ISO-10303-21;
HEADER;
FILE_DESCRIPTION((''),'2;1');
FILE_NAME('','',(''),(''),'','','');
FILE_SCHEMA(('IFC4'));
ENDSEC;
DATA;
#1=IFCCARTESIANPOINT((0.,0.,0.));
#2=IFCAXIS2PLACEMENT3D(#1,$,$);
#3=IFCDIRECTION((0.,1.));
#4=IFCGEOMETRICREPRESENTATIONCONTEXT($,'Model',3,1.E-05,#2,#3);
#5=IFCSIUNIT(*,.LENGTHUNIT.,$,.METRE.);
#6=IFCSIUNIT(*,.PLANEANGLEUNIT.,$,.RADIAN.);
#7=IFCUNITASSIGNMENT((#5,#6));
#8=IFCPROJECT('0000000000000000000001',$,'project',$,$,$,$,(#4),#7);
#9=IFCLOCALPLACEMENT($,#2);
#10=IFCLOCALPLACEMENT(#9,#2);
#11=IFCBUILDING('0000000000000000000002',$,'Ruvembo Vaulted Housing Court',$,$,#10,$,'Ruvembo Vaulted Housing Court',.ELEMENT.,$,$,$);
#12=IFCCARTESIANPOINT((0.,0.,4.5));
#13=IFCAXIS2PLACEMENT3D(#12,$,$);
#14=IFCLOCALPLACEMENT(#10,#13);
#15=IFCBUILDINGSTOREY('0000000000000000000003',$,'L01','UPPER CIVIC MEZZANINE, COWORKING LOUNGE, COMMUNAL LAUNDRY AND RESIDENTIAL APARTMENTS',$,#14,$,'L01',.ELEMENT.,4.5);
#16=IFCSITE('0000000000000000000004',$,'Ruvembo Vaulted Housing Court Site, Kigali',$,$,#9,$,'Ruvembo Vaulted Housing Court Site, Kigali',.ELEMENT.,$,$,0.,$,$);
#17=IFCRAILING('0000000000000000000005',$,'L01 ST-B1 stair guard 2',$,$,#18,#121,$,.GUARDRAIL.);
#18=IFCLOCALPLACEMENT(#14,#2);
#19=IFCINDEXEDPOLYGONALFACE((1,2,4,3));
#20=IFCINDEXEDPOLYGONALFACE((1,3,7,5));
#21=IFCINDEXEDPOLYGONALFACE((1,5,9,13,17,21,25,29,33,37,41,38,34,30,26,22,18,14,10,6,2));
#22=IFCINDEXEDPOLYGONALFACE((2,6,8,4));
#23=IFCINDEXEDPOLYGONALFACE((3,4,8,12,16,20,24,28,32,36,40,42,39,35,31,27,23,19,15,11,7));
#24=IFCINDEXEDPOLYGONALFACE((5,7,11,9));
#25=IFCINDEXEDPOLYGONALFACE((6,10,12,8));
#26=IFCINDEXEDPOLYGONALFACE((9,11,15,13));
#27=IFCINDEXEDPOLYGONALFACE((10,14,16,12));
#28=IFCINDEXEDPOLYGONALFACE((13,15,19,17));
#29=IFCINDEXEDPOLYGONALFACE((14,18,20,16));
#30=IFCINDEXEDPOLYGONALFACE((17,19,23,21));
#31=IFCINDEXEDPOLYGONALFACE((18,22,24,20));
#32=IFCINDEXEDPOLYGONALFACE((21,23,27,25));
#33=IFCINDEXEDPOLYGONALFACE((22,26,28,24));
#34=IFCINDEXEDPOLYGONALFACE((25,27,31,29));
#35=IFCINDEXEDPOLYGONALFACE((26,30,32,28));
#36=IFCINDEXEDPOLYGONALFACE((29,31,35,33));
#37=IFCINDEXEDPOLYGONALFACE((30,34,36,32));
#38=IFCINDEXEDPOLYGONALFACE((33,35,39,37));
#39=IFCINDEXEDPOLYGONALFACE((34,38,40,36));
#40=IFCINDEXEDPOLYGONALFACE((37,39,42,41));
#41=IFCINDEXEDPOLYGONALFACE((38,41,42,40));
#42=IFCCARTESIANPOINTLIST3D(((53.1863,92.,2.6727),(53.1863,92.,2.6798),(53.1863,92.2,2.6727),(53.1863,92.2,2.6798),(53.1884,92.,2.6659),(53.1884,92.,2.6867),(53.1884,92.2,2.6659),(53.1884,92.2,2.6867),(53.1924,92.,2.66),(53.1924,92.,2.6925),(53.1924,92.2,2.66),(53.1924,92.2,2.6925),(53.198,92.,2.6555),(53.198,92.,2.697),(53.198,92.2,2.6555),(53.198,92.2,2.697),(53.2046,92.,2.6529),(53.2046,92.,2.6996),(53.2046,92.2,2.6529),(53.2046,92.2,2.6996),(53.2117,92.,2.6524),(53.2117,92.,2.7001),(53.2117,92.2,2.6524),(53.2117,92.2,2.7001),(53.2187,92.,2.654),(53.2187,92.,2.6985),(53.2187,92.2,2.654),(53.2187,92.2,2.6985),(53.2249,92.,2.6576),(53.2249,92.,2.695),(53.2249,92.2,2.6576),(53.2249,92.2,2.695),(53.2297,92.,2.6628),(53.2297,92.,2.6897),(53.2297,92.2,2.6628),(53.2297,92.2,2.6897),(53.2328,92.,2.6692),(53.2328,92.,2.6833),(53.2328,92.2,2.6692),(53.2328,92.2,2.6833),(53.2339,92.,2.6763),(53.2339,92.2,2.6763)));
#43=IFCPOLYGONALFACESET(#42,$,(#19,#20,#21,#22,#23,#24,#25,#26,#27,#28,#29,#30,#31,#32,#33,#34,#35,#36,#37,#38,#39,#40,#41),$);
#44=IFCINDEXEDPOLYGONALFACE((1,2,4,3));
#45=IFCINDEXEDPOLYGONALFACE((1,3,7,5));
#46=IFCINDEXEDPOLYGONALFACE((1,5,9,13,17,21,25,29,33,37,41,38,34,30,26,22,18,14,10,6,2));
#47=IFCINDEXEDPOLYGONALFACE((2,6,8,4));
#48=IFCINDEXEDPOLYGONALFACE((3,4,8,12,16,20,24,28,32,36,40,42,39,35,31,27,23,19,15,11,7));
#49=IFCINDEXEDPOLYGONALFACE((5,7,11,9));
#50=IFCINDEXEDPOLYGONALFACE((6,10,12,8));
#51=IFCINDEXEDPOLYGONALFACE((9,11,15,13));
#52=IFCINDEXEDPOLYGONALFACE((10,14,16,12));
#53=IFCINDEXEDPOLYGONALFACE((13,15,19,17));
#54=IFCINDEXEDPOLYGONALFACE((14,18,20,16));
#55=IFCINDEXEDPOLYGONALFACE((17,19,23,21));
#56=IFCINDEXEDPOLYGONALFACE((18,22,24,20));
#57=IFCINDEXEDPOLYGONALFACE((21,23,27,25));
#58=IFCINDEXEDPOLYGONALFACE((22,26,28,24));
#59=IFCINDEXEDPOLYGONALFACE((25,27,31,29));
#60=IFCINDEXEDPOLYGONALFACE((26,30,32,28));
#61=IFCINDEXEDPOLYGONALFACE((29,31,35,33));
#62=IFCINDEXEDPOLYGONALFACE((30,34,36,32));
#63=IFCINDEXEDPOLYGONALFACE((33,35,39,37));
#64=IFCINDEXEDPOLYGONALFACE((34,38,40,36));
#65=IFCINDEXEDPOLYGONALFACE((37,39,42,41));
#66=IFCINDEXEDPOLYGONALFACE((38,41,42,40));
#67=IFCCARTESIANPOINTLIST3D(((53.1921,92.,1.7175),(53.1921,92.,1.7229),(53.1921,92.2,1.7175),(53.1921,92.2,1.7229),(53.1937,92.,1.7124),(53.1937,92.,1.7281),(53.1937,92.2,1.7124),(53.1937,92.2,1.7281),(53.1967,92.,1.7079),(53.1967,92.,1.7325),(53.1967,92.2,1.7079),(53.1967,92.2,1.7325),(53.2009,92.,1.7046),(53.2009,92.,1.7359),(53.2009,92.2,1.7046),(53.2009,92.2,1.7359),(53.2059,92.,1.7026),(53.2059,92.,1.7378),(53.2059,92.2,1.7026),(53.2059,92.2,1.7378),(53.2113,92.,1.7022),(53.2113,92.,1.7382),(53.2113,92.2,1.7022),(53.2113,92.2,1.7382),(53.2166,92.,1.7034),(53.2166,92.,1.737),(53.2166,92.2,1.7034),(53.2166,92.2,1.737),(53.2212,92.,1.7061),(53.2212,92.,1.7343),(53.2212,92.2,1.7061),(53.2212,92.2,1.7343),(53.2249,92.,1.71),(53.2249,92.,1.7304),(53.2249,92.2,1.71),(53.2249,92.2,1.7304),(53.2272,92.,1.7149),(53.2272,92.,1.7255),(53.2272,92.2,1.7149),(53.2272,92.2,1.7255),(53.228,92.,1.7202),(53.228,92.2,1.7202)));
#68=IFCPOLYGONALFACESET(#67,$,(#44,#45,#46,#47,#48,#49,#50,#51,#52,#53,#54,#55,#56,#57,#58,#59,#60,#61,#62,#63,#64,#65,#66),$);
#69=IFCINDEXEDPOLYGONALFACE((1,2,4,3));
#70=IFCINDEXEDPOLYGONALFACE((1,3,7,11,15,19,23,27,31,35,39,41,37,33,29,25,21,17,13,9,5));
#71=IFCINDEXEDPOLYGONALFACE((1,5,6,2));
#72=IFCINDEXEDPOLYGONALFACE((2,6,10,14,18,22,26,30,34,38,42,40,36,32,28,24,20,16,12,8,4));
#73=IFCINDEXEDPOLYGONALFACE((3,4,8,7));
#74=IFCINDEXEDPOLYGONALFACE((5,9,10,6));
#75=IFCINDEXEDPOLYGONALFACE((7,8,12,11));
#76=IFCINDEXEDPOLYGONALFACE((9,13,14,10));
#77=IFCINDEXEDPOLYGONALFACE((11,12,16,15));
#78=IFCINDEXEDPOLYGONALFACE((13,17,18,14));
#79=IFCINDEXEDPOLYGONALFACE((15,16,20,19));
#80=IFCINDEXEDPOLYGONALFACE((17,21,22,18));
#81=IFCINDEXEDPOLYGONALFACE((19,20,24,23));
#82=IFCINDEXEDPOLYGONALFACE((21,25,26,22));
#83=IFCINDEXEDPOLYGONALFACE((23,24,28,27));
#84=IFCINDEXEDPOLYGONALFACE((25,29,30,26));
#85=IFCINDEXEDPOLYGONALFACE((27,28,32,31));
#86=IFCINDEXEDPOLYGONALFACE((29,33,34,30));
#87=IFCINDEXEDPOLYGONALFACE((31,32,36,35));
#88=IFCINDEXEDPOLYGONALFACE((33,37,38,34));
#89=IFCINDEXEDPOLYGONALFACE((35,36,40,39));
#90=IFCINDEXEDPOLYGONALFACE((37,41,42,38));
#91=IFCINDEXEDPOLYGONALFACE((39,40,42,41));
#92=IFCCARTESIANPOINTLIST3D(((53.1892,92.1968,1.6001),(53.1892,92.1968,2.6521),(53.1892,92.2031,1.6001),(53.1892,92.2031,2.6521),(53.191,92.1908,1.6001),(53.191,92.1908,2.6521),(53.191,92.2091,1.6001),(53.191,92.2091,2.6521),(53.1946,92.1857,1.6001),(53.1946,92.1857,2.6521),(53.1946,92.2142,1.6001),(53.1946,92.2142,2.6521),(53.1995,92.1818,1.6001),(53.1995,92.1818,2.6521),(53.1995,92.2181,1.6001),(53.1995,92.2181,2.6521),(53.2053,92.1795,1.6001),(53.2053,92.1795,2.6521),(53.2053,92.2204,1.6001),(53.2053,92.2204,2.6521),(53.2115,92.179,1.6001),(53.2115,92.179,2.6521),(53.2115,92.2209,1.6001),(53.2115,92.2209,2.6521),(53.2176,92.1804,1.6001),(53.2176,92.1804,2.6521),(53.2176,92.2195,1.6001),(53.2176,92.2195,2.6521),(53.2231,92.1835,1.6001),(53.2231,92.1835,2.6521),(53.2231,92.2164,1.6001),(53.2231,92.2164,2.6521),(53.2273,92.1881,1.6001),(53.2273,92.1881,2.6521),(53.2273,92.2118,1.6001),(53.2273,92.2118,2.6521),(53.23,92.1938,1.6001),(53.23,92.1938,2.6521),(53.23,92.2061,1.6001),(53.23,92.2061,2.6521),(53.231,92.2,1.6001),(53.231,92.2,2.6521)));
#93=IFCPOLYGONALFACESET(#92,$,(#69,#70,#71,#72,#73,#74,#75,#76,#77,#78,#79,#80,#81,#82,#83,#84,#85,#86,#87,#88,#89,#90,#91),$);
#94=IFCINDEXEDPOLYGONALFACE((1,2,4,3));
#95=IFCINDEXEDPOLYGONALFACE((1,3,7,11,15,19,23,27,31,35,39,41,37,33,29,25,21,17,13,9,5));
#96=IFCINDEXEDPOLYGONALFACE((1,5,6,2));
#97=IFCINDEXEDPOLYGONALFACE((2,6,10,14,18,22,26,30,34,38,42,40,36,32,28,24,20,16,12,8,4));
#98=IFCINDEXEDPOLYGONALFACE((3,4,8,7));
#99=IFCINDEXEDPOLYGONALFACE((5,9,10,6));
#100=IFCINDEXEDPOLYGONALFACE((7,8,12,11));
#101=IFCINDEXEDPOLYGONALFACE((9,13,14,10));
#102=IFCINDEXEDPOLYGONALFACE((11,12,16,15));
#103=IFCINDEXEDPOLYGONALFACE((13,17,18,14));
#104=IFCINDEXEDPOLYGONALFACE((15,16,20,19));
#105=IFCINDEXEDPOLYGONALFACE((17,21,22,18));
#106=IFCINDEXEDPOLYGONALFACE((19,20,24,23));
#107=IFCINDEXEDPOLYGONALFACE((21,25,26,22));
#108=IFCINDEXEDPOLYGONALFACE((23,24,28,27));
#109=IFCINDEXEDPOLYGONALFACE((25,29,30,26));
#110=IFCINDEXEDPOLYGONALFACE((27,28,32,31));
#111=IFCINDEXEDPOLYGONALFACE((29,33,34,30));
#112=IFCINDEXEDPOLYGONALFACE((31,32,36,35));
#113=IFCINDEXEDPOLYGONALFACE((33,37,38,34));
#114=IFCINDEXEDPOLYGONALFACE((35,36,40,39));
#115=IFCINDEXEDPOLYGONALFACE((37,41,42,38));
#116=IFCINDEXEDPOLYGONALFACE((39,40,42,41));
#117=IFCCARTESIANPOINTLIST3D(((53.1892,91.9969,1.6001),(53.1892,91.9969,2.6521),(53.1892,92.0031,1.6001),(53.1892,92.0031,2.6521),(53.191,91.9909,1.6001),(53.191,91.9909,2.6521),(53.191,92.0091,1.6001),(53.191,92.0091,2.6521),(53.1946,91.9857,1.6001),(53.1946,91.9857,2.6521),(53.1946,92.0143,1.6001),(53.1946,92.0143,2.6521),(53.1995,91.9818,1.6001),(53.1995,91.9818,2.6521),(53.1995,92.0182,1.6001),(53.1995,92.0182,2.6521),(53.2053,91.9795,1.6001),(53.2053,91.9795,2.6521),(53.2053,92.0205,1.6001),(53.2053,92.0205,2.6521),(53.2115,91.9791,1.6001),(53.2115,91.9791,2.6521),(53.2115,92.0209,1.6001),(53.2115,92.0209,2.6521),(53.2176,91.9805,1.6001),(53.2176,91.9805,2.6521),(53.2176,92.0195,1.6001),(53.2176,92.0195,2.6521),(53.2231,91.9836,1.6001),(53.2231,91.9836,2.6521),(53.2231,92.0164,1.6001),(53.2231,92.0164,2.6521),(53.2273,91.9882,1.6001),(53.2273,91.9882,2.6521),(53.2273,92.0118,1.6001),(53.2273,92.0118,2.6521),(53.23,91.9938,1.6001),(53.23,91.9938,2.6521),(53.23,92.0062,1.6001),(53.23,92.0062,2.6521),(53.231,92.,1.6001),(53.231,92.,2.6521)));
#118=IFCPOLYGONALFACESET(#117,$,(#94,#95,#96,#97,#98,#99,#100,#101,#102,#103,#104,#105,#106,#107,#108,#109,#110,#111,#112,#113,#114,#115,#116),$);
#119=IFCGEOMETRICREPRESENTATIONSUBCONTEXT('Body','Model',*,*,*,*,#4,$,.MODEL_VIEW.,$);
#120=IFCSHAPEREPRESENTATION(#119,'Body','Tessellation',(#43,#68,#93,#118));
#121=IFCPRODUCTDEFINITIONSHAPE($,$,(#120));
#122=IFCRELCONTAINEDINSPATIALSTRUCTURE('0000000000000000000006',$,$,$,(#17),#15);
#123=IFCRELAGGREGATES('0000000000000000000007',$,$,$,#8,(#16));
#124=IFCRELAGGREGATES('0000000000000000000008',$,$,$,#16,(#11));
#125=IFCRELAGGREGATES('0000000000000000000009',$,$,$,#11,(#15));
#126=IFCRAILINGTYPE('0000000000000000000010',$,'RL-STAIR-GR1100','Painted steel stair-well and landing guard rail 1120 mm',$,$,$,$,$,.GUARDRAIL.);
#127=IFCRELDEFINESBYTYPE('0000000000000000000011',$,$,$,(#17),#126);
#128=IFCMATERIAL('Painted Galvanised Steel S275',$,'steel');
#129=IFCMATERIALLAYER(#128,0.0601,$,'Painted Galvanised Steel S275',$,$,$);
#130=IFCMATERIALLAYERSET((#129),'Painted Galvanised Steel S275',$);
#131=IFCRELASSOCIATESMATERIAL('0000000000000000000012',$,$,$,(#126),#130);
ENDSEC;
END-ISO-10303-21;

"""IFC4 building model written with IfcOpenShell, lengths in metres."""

from ifc_helpers import new_model, si_unit, direction, frame, origin, origin_2d, place, context, subcontext, project, spatial, circle, extrude, material, layer, layer_set, type_object, element, save


model = new_model("IFC4")

# Units and contexts
model_context = context("Model", 3, precision=1e-05, world=origin(), true_north=direction((0.0, 1.0)))
body_context = subcontext(model_context, "Body", "Model", "MODEL_VIEW")
ifc_project = project(units=[si_unit("LENGTHUNIT", "METRE"), si_unit("PLANEANGLEUNIT", "RADIAN")], contexts=[model_context])

# Site, building, storey
site_placement = place(None, origin())
site = spatial("IfcSite", under=ifc_project, at=site_placement, Name="Ruvembo Vaulted Housing Court Site, Kigali", LongName="Ruvembo Vaulted Housing Court Site, Kigali", CompositionType="ELEMENT", RefElevation=0.0)
building_placement = place(site_placement, origin())
building = spatial("IfcBuilding", under=site, at=building_placement, Name="Ruvembo Vaulted Housing Court", LongName="Ruvembo Vaulted Housing Court", CompositionType="ELEMENT")
storey_placement = place(building_placement, frame((0.0, 0.0, 4.5)))
storey = spatial("IfcBuildingStorey", under=building, at=storey_placement, Name="L01", Description="UPPER CIVIC MEZZANINE, COWORKING LOUNGE, COMMUNAL LAUNDRY AND RESIDENTIAL APARTMENTS", LongName="L01", CompositionType="ELEMENT", Elevation=4.5)

# Railing
ifc_material_1 = material(Name="Painted Galvanised Steel S275", Category="steel")
ifc_layer_1 = layer(ifc_material_1, 0.0601, Name="Painted Galvanised Steel S275")
ifc_layer_set_1 = layer_set([ifc_layer_1], Name="Painted Galvanised Steel S275")
railing_type_1 = type_object("IfcRailingType", Name="RL-STAIR-GR1100", Description="Painted steel stair-well and landing guard rail 1120 mm", PredefinedType="GUARDRAIL", material=ifc_layer_set_1)
railing_1_placement = place(storey_placement, frame((53.21, 92.2, 1.6001)))
element("IfcRailing", 1, at=railing_1_placement, inside=storey, type_object=railing_type_1, Name="L01 ST-B1 stair guard 2", PredefinedType="GUARDRAIL", context=body_context, shape_type="SweptSolid", body=[
    extrude(circle(Radius=0.0239, at=origin_2d()), frame((0.0, 0.0, 1.0762), z_axis=(0.0, -1.0, 0.0), x_axis=(1.0, 0.0, 0.0)), (0.0, 0.0, 1.0), 0.2),
    extrude(circle(Radius=0.0181, at=origin_2d()), frame((0.0, 0.0, 0.1201), z_axis=(0.0, -1.0, 0.0), x_axis=(1.0, 0.0, 0.0)), (0.0, 0.0, 1.0), 0.2),
    extrude(circle(Radius=0.021, at=origin_2d()), origin(), (0.0, 0.0, 1.0), 1.052),
    extrude(circle(Radius=0.021, at=origin_2d()), frame((0.0, -0.2, 0.0)), (0.0, 0.0, 1.0), 1.052),
])

save(model, "model.ifc")
